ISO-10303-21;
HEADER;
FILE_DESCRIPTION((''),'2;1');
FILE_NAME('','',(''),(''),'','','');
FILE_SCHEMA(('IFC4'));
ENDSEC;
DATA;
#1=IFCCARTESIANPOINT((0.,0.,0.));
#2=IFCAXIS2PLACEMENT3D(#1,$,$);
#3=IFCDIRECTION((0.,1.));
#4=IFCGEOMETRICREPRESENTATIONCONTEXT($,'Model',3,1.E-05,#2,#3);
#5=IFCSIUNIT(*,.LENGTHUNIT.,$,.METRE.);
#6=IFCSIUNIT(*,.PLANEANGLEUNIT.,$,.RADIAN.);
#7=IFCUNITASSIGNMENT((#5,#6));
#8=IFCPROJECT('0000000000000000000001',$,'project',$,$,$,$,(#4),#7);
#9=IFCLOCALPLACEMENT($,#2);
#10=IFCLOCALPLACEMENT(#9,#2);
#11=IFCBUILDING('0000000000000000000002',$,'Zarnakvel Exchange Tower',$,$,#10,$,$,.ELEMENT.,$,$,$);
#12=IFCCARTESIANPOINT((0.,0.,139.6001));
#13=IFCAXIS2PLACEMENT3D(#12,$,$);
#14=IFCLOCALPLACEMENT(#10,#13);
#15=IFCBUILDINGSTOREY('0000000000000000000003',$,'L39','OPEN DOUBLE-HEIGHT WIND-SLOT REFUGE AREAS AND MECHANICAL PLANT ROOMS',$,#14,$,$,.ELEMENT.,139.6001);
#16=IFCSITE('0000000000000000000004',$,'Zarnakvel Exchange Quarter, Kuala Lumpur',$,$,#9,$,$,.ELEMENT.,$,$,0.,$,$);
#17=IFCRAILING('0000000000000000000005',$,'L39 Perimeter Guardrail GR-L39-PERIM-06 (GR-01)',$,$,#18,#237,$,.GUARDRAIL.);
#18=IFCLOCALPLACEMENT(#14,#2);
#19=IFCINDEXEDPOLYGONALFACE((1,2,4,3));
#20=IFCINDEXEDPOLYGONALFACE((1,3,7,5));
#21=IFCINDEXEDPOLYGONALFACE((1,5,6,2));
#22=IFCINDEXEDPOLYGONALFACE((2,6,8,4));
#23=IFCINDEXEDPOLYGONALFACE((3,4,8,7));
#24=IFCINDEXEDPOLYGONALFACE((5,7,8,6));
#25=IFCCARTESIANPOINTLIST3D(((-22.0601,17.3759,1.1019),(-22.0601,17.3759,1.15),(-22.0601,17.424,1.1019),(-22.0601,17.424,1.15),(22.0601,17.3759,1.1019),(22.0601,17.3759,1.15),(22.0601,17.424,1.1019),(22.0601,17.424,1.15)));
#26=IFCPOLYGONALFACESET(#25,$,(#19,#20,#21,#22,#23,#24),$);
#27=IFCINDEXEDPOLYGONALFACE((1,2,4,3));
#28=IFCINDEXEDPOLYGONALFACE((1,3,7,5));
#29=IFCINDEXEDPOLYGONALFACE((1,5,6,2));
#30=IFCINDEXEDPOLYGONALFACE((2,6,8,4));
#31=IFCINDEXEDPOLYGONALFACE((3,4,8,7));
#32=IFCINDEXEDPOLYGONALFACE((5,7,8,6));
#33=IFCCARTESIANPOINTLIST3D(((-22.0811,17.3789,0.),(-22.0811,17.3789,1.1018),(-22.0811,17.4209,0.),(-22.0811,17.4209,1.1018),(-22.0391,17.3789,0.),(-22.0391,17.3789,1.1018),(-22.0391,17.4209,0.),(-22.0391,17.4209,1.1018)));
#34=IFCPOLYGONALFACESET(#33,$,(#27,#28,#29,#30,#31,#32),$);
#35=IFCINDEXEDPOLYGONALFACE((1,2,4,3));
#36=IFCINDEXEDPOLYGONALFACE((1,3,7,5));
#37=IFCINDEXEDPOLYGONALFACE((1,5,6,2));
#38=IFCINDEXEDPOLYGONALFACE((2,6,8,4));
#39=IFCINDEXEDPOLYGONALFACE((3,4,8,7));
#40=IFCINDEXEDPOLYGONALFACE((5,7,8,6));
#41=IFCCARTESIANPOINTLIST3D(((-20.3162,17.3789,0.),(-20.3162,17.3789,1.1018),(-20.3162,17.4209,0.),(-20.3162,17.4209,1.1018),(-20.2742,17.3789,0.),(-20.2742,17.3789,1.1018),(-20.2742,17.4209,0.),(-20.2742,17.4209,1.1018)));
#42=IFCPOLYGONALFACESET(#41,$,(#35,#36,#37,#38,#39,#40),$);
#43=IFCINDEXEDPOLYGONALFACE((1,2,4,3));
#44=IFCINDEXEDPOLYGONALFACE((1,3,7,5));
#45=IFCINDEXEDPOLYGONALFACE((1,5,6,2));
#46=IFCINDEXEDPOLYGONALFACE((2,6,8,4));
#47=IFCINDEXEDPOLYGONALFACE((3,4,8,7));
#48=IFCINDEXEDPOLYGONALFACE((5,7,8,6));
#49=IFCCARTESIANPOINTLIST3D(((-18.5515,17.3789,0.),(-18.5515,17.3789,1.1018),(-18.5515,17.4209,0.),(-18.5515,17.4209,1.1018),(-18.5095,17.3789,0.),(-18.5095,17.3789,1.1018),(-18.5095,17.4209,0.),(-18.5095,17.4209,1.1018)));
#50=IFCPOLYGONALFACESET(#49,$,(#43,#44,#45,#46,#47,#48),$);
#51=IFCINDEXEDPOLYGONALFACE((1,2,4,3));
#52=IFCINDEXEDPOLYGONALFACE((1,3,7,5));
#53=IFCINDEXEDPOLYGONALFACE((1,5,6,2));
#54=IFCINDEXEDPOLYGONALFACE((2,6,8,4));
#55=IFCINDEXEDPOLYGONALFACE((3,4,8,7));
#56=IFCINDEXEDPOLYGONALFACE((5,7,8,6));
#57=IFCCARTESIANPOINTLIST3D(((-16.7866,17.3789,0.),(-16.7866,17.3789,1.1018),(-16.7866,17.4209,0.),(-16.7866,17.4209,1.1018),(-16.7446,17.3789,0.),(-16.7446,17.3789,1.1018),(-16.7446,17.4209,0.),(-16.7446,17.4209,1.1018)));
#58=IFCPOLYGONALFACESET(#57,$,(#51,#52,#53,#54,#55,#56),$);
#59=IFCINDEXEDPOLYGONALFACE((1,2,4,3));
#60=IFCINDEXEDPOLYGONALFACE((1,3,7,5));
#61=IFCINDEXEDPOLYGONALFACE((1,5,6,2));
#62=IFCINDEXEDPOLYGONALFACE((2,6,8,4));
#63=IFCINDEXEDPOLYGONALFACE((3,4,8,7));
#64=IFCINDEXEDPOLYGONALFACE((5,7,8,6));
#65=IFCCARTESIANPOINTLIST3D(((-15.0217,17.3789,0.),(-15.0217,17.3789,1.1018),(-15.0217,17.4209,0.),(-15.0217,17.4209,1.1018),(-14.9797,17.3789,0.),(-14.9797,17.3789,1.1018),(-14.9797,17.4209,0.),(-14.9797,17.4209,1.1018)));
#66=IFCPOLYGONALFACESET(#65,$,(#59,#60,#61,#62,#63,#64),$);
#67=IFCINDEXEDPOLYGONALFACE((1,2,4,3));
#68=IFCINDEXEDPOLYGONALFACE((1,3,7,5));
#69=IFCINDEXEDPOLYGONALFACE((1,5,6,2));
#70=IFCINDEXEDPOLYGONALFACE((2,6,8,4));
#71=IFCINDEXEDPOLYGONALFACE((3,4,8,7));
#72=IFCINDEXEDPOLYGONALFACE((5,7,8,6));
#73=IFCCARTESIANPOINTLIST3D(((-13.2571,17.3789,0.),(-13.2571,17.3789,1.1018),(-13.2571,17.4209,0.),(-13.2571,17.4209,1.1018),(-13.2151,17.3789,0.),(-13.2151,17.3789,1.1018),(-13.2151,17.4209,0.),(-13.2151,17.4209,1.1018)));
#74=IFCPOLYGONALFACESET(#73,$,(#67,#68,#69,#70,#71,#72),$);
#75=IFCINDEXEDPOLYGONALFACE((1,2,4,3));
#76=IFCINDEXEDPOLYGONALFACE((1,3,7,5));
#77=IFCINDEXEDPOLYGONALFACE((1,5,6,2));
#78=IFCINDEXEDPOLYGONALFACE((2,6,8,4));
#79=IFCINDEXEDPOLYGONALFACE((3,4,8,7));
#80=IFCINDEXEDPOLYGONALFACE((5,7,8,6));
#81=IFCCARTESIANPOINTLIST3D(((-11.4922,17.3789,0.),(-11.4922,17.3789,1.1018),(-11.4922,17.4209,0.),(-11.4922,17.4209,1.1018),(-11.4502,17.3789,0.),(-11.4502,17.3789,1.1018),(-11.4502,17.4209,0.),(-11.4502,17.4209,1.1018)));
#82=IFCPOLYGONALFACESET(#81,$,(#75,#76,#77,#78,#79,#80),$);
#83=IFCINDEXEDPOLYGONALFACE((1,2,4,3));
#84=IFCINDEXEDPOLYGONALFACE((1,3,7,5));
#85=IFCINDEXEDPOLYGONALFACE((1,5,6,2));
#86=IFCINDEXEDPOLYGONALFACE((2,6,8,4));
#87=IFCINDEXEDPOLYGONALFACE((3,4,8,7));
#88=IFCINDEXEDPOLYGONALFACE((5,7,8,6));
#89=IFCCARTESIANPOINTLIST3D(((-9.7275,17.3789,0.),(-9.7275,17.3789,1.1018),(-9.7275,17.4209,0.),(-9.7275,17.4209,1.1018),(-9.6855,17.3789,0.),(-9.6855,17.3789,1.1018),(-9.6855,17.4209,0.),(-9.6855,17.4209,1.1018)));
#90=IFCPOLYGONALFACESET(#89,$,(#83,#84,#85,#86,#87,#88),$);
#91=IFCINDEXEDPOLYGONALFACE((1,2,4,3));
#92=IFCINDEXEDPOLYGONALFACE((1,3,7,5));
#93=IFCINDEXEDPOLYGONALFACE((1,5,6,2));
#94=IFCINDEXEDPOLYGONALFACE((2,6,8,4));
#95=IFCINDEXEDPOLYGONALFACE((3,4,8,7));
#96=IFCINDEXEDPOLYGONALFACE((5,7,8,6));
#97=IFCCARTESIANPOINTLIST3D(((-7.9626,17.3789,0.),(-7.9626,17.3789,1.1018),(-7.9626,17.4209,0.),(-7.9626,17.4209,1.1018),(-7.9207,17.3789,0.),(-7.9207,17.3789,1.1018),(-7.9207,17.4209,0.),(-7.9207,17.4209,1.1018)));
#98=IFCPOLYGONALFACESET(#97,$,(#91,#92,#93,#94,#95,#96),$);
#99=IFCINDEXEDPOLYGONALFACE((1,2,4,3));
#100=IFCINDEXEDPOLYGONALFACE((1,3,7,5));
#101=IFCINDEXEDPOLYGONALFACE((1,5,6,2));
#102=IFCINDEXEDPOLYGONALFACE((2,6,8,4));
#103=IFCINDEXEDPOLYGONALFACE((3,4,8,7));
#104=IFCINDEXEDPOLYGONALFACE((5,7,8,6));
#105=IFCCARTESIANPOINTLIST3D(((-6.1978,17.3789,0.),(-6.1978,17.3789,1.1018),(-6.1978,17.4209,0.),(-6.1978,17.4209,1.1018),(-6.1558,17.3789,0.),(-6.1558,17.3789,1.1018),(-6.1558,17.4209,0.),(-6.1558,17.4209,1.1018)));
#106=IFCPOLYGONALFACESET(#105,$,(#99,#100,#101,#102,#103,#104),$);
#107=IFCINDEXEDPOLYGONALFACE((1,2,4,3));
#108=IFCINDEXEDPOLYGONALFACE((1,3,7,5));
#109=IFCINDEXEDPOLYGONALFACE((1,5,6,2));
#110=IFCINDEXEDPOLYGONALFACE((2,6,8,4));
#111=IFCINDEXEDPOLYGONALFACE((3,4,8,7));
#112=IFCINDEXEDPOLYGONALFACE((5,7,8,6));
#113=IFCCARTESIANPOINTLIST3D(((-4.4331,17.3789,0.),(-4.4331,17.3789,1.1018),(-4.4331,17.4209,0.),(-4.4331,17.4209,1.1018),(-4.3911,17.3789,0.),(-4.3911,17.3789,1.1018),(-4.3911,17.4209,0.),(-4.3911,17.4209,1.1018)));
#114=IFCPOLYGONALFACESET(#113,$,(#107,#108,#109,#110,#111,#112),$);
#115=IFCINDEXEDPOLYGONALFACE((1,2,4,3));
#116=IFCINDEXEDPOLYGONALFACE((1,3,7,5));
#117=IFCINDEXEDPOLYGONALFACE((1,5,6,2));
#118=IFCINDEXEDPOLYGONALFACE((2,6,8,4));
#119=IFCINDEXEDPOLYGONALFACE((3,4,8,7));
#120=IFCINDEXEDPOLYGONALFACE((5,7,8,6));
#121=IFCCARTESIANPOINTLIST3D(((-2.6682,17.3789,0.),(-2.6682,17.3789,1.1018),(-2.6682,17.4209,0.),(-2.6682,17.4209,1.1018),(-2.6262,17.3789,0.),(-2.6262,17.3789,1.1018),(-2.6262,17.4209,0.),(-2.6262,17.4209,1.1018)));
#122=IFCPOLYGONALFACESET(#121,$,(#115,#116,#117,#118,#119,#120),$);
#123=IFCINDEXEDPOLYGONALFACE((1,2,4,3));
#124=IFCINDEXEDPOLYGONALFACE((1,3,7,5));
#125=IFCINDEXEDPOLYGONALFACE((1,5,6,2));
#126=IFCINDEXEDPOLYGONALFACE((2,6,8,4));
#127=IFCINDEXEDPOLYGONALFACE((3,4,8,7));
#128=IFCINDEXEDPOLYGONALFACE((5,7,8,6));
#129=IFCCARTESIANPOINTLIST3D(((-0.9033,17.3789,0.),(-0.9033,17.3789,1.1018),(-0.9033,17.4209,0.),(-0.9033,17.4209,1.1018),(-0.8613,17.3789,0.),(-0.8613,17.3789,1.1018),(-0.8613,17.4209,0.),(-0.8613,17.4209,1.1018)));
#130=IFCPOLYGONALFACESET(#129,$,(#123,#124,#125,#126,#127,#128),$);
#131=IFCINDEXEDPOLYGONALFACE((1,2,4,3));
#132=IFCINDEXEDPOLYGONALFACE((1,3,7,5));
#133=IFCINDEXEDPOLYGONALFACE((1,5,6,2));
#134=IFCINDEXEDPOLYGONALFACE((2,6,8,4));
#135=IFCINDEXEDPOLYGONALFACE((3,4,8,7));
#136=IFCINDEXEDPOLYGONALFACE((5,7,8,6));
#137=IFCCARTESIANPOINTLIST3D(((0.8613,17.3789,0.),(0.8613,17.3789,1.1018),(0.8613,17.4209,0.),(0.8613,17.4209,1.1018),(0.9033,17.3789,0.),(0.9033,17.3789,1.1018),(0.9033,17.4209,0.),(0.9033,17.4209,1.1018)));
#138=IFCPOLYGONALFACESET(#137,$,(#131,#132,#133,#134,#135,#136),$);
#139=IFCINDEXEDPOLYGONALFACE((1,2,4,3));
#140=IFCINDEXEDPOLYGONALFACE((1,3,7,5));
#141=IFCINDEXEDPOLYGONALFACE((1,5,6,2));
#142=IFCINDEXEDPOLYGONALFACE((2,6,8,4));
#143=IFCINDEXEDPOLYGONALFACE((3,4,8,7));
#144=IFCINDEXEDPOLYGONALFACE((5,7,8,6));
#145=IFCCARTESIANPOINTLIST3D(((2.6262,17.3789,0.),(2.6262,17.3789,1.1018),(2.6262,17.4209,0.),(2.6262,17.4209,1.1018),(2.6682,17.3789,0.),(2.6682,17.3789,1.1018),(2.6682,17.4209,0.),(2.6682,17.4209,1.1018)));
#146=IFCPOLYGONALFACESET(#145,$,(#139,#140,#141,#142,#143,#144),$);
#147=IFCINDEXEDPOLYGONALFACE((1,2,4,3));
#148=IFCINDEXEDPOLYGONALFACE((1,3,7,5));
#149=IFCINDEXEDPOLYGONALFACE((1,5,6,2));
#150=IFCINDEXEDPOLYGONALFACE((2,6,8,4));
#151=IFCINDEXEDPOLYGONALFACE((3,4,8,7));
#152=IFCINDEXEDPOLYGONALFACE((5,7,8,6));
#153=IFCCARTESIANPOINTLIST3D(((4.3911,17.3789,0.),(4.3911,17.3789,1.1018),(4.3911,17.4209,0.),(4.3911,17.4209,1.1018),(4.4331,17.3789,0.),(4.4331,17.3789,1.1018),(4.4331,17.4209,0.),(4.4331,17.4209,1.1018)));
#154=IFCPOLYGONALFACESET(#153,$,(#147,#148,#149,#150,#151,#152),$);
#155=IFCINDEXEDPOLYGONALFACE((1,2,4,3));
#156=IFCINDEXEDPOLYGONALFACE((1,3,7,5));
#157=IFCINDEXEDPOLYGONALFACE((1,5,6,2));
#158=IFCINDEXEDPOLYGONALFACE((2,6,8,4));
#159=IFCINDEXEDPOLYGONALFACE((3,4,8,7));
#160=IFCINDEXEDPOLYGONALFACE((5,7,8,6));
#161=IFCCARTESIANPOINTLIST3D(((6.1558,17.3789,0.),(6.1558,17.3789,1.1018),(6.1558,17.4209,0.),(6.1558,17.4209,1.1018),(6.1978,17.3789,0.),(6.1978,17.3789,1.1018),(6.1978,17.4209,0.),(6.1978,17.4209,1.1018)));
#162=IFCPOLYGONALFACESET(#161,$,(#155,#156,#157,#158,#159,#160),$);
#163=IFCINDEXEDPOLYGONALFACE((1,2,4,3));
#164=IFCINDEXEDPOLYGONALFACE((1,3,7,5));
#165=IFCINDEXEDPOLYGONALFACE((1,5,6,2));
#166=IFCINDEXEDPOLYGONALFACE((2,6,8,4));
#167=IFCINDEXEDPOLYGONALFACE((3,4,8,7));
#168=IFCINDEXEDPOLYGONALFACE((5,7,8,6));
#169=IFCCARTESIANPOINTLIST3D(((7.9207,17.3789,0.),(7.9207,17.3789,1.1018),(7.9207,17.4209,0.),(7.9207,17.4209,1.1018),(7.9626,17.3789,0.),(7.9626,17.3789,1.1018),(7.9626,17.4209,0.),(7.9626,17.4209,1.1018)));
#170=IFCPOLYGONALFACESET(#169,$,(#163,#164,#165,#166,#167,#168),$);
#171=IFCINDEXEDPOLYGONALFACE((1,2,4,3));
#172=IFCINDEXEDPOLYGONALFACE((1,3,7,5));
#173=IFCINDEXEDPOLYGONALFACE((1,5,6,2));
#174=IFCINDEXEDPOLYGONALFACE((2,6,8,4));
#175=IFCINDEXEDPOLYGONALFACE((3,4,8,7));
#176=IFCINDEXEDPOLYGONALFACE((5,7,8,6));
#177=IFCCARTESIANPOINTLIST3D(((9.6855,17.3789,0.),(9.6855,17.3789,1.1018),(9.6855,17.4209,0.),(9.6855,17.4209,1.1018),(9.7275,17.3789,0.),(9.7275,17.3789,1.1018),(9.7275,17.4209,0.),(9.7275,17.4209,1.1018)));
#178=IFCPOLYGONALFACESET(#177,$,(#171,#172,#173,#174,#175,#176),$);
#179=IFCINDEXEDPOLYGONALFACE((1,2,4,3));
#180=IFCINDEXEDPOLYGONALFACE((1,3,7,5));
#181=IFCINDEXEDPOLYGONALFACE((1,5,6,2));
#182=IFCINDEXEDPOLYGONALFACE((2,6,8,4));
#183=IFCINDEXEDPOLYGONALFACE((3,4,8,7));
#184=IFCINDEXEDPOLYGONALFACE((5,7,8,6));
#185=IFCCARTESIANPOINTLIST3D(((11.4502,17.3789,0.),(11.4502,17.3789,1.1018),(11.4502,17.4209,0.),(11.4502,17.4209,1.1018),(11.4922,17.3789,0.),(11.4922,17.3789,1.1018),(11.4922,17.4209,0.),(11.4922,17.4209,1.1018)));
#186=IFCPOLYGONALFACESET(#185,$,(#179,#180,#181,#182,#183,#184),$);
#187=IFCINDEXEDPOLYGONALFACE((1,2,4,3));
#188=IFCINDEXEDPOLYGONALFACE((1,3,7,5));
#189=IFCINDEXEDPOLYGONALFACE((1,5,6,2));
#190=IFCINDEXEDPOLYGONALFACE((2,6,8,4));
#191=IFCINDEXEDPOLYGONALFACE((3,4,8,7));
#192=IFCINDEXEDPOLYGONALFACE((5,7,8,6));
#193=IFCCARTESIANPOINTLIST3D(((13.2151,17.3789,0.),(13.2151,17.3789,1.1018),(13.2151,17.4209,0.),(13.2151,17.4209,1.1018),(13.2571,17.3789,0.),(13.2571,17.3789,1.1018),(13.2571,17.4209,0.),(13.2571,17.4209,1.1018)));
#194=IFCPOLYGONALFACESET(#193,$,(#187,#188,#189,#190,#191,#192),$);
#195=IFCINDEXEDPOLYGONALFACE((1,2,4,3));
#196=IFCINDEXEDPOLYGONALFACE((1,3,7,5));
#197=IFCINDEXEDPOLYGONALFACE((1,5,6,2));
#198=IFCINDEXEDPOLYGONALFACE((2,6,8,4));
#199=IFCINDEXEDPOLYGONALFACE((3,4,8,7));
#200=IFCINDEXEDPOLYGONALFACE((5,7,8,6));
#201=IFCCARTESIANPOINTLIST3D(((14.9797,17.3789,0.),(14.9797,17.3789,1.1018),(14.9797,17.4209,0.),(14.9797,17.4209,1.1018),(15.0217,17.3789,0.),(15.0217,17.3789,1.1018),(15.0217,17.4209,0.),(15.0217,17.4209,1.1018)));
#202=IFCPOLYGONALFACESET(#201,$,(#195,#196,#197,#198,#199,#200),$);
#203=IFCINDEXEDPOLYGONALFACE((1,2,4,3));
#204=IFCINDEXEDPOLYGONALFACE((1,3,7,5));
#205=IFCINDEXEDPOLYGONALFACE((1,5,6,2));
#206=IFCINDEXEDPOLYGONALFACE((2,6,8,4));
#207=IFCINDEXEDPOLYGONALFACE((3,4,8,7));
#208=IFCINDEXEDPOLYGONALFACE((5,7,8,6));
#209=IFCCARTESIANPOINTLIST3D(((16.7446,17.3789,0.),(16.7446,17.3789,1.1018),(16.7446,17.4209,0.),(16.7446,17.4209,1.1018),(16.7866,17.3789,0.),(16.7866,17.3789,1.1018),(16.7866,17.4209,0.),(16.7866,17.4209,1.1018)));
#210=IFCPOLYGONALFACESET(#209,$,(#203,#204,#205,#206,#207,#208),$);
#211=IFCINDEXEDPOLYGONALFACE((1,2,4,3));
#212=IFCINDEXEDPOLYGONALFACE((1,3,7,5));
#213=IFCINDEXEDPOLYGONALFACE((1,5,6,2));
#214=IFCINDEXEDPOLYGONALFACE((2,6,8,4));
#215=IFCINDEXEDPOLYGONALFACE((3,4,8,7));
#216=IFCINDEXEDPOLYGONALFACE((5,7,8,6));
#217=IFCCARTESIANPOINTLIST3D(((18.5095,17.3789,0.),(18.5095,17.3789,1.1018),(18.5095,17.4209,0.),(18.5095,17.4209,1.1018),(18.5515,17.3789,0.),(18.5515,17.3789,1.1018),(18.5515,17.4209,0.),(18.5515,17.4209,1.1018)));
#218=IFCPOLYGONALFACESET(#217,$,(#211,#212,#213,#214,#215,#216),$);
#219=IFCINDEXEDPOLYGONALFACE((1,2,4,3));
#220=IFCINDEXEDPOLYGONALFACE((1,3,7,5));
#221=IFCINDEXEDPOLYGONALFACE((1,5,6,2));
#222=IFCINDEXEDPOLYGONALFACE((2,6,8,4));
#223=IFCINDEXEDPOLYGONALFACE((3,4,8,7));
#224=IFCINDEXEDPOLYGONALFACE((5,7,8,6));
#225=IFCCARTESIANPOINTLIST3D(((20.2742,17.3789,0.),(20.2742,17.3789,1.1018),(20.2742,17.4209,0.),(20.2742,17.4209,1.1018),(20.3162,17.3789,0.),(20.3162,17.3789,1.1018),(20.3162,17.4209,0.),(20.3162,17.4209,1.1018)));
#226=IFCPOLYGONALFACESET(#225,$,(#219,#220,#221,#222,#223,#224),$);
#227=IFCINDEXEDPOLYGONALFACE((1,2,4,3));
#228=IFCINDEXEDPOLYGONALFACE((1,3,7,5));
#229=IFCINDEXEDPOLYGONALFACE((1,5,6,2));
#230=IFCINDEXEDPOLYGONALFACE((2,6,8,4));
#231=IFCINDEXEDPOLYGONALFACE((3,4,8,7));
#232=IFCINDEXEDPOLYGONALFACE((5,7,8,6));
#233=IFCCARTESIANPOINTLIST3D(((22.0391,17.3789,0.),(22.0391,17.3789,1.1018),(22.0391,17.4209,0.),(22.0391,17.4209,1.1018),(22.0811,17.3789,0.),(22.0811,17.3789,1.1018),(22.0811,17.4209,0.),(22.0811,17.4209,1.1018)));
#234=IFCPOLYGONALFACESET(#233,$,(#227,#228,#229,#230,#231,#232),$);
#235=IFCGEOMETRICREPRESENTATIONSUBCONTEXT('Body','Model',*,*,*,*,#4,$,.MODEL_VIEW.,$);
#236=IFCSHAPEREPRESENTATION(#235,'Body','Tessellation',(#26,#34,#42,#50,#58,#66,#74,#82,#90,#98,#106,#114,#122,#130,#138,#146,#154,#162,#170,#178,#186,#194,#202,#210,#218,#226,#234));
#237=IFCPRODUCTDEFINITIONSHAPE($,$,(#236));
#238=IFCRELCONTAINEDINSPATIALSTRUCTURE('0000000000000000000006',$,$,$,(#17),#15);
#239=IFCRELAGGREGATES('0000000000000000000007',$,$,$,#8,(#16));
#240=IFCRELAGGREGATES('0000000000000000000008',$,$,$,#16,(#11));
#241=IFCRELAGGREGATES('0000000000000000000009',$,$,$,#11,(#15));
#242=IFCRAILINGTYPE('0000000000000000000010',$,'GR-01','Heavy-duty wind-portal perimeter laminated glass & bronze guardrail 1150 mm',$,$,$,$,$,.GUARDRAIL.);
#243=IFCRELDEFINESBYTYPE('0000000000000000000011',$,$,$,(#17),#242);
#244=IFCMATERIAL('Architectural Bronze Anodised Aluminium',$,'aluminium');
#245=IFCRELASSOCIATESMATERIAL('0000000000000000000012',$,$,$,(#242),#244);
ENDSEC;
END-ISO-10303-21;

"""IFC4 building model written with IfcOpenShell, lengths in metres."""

from ifc_helpers import new_model, si_unit, direction, frame, origin, origin_2d, place, context, subcontext, project, spatial, rectangle, extrude, material, type_object, element, save


model = new_model("IFC4")

# Units and contexts
model_context = context("Model", 3, precision=1e-05, world=origin(), true_north=direction((0.0, 1.0)))
body_context = subcontext(model_context, "Body", "Model", "MODEL_VIEW")
ifc_project = project(units=[si_unit("LENGTHUNIT", "METRE"), si_unit("PLANEANGLEUNIT", "RADIAN")], contexts=[model_context])

# Site, building, storey
site_placement = place(None, origin())
site = spatial("IfcSite", under=ifc_project, at=site_placement, Name="Zarnakvel Exchange Quarter, Kuala Lumpur", CompositionType="ELEMENT", RefElevation=0.0)
building_placement = place(site_placement, origin())
building = spatial("IfcBuilding", under=site, at=building_placement, Name="Zarnakvel Exchange Tower", CompositionType="ELEMENT")
storey_placement = place(building_placement, frame((0.0, 0.0, 139.6001)))
storey = spatial("IfcBuildingStorey", under=building, at=storey_placement, Name="L39", Description="OPEN DOUBLE-HEIGHT WIND-SLOT REFUGE AREAS AND MECHANICAL PLANT ROOMS", CompositionType="ELEMENT", Elevation=139.6001)

# Railing
ifc_material_1 = material(Name="Architectural Bronze Anodised Aluminium", Category="aluminium")
railing_type = type_object("IfcRailingType", Name="GR-01", Description="Heavy-duty wind-portal perimeter laminated glass & bronze guardrail 1150 mm", PredefinedType="GUARDRAIL", material=ifc_material_1)
railing_1_placement = place(storey_placement, frame((-22.0601, 17.3999, 0.0)))
element("IfcRailing", 1, at=railing_1_placement, inside=storey, type_object=railing_type, Name="L39 Perimeter Guardrail GR-L39-PERIM-06 (GR-01)", PredefinedType="GUARDRAIL", context=body_context, shape_type="SweptSolid", body=[
    extrude(rectangle(XDim=0.0481, YDim=0.0481, at=origin_2d()), frame((0.0, 0.0, 1.126), z_axis=(1.0, 0.0, 0.0), x_axis=(0.0, 1.0, 0.0)), (0.0, 0.0, 1.0), 44.1201),
    extrude(rectangle(XDim=0.042, YDim=0.042, at=origin_2d()), origin(), (0.0, 0.0, 1.0), 1.1018),
    extrude(rectangle(XDim=0.042, YDim=0.042, at=origin_2d()), frame((1.7649, 0.0, 0.0)), (0.0, 0.0, 1.0), 1.1018),
    extrude(rectangle(XDim=0.042, YDim=0.042, at=origin_2d()), frame((3.5295, 0.0, 0.0)), (0.0, 0.0, 1.0), 1.1018),
    extrude(rectangle(XDim=0.042, YDim=0.042, at=origin_2d()), frame((5.2944, 0.0, 0.0)), (0.0, 0.0, 1.0), 1.1018),
    extrude(rectangle(XDim=0.042, YDim=0.042, at=origin_2d()), frame((7.0593, 0.0, 0.0)), (0.0, 0.0, 1.0), 1.1018),
    extrude(rectangle(XDim=0.042, YDim=0.042, at=origin_2d()), frame((8.824, 0.0, 0.0)), (0.0, 0.0, 1.0), 1.1018),
    extrude(rectangle(XDim=0.042, YDim=0.042, at=origin_2d()), frame((10.5889, 0.0, 0.0)), (0.0, 0.0, 1.0), 1.1018),
    extrude(rectangle(XDim=0.042, YDim=0.042, at=origin_2d()), frame((12.3535, 0.0, 0.0)), (0.0, 0.0, 1.0), 1.1018),
    extrude(rectangle(XDim=0.042, YDim=0.042, at=origin_2d()), frame((14.1184, 0.0, 0.0)), (0.0, 0.0, 1.0), 1.1018),
    extrude(rectangle(XDim=0.042, YDim=0.042, at=origin_2d()), frame((15.8833, 0.0, 0.0)), (0.0, 0.0, 1.0), 1.1018),
    extrude(rectangle(XDim=0.042, YDim=0.042, at=origin_2d()), frame((17.6479, 0.0, 0.0)), (0.0, 0.0, 1.0), 1.1018),
    extrude(rectangle(XDim=0.042, YDim=0.042, at=origin_2d()), frame((19.4128, 0.0, 0.0)), (0.0, 0.0, 1.0), 1.1018),
    extrude(rectangle(XDim=0.042, YDim=0.042, at=origin_2d()), frame((21.1777, 0.0, 0.0)), (0.0, 0.0, 1.0), 1.1018),
    extrude(rectangle(XDim=0.042, YDim=0.042, at=origin_2d()), frame((22.9424, 0.0, 0.0)), (0.0, 0.0, 1.0), 1.1018),
    extrude(rectangle(XDim=0.042, YDim=0.042, at=origin_2d()), frame((24.7073, 0.0, 0.0)), (0.0, 0.0, 1.0), 1.1018),
    extrude(rectangle(XDim=0.042, YDim=0.042, at=origin_2d()), frame((26.4722, 0.0, 0.0)), (0.0, 0.0, 1.0), 1.1018),
    extrude(rectangle(XDim=0.042, YDim=0.042, at=origin_2d()), frame((28.2368, 0.0, 0.0)), (0.0, 0.0, 1.0), 1.1018),
    extrude(rectangle(XDim=0.042, YDim=0.042, at=origin_2d()), frame((30.0017, 0.0, 0.0)), (0.0, 0.0, 1.0), 1.1018),
    extrude(rectangle(XDim=0.042, YDim=0.042, at=origin_2d()), frame((31.7666, 0.0, 0.0)), (0.0, 0.0, 1.0), 1.1018),
    extrude(rectangle(XDim=0.042, YDim=0.042, at=origin_2d()), frame((33.5312, 0.0, 0.0)), (0.0, 0.0, 1.0), 1.1018),
    extrude(rectangle(XDim=0.042, YDim=0.042, at=origin_2d()), frame((35.2961, 0.0, 0.0)), (0.0, 0.0, 1.0), 1.1018),
    extrude(rectangle(XDim=0.042, YDim=0.042, at=origin_2d()), frame((37.0608, 0.0, 0.0)), (0.0, 0.0, 1.0), 1.1018),
    extrude(rectangle(XDim=0.042, YDim=0.042, at=origin_2d()), frame((38.8257, 0.0, 0.0)), (0.0, 0.0, 1.0), 1.1018),
    extrude(rectangle(XDim=0.042, YDim=0.042, at=origin_2d()), frame((40.5906, 0.0, 0.0)), (0.0, 0.0, 1.0), 1.1018),
    extrude(rectangle(XDim=0.042, YDim=0.042, at=origin_2d()), frame((42.3552, 0.0, 0.0)), (0.0, 0.0, 1.0), 1.1018),
    extrude(rectangle(XDim=0.042, YDim=0.042, at=origin_2d()), frame((44.1201, 0.0, 0.0)), (0.0, 0.0, 1.0), 1.1018),
])

save(model, "model.ifc")
